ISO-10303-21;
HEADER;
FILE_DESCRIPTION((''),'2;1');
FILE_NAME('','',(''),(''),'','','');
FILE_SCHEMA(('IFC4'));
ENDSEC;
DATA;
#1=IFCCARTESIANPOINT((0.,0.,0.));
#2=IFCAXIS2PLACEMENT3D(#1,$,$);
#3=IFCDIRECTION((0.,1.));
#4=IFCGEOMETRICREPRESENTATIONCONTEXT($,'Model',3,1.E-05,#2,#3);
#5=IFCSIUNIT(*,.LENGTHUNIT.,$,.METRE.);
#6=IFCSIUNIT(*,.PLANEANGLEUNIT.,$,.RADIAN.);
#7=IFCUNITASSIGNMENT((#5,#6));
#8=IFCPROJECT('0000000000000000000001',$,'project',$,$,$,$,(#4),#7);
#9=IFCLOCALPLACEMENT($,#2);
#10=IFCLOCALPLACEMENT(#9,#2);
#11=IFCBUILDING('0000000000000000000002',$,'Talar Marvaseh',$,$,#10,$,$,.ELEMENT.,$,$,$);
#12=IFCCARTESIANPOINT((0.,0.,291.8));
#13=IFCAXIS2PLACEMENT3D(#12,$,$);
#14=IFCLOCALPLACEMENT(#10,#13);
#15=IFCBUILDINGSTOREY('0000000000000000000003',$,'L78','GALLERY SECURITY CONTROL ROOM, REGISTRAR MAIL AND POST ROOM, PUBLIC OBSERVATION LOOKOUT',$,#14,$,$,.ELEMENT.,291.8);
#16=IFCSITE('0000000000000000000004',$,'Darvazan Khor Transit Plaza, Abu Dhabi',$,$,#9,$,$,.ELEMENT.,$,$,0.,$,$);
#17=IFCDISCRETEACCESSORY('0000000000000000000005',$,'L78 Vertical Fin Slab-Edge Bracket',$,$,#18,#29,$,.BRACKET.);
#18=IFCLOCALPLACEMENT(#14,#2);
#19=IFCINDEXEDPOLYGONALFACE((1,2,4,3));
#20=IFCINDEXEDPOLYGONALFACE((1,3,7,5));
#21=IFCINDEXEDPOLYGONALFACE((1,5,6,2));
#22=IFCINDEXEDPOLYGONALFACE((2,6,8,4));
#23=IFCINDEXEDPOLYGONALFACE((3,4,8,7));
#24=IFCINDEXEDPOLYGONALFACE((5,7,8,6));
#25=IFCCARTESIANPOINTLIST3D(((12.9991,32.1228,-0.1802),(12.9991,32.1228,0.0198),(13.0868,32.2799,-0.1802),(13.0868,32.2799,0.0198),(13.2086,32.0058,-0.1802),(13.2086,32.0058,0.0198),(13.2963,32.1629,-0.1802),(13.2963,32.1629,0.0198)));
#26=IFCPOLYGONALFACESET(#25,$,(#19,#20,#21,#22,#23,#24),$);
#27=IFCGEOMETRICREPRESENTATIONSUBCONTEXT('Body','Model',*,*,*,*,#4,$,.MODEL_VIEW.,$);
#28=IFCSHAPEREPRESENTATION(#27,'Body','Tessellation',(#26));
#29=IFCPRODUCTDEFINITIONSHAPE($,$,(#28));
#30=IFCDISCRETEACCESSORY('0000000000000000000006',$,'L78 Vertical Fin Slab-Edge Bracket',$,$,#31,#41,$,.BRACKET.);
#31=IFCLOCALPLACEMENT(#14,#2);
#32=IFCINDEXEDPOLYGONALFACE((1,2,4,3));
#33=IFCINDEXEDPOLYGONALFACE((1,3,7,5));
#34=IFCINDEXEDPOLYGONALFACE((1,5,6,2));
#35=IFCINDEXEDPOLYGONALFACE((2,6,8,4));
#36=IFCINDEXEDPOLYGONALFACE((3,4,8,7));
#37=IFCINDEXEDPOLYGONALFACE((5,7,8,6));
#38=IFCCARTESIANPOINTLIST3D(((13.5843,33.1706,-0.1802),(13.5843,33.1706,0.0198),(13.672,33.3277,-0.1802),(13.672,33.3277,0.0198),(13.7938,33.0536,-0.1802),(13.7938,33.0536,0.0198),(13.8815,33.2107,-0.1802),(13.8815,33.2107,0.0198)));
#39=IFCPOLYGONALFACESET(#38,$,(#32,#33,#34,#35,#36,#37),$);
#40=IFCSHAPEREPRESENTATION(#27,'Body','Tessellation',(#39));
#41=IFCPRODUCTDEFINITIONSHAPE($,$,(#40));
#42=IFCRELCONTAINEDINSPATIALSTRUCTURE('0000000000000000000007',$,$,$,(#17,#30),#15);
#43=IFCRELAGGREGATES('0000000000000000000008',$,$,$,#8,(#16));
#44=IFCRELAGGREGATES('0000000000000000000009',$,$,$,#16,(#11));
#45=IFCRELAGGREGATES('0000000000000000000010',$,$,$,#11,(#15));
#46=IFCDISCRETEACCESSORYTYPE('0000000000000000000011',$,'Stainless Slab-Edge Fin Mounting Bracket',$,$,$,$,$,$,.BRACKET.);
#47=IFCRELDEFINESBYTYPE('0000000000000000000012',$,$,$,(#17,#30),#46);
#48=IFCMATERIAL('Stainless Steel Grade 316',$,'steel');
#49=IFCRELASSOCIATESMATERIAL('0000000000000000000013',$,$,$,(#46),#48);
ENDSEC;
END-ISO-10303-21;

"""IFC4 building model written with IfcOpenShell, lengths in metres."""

from ifc_helpers import new_model, si_unit, direction, frame, origin, origin_2d, place, context, subcontext, project, spatial, rectangle, extrude, source, transform, mapped, material, type_object, type_shapes, element, save


model = new_model("IFC4")

# Units and contexts
model_context = context("Model", 3, precision=1e-05, world=origin(), true_north=direction((0.0, 1.0)))
body_context = subcontext(model_context, "Body", "Model", "MODEL_VIEW")
ifc_project = project(units=[si_unit("LENGTHUNIT", "METRE"), si_unit("PLANEANGLEUNIT", "RADIAN")], contexts=[model_context])

# Site, building, storey
site_placement = place(None, origin())
site = spatial("IfcSite", under=ifc_project, at=site_placement, Name="Darvazan Khor Transit Plaza, Abu Dhabi", CompositionType="ELEMENT", RefElevation=0.0)
building_placement = place(site_placement, origin())
building = spatial("IfcBuilding", under=site, at=building_placement, Name="Talar Marvaseh", CompositionType="ELEMENT")
storey_placement = place(building_placement, frame((0.0, 0.0, 291.8)))
storey = spatial("IfcBuildingStorey", under=building, at=storey_placement, Name="L78", Description="GALLERY SECURITY CONTROL ROOM, REGISTRAR MAIL AND POST ROOM, PUBLIC OBSERVATION LOOKOUT", CompositionType="ELEMENT", Elevation=291.8)

# Shared definitions
ifc_material_1 = material(Name="Stainless Steel Grade 316", Category="steel")

# Discrete accessories
discrete_accessory_type = type_object("IfcDiscreteAccessoryType", Name="Stainless Slab-Edge Fin Mounting Bracket", PredefinedType="BRACKET", material=ifc_material_1)
shared_shape_1 = source(origin(), body_context, "Body", "SweptSolid", [
    extrude(rectangle(XDim=0.24, YDim=0.1799, at=origin_2d()), origin(), (0.0, 0.0, 1.0), 0.2),
])
type_shapes(discrete_accessory_type, [shared_shape_1])
for number, where, z_axis, x_axis, name in (
    (1, (13.1477, 32.1428, -0.1802), (0.0, 0.0, 1.0), (-0.873092, 0.487555, 0.0), "L78 Vertical Fin Slab-Edge Bracket"),
    (2, (13.7329, 33.1907, -0.1802), (0.0, 0.0, 1.0), (-0.873092, 0.487555, 0.0), "L78 Vertical Fin Slab-Edge Bracket"),
):
    element("IfcDiscreteAccessory", number, at=place(storey_placement, frame(where, z_axis=z_axis, x_axis=x_axis)), inside=storey, type_object=discrete_accessory_type, Name=name, PredefinedType="BRACKET", context=body_context, shape_type="MappedRepresentation", body=[
        mapped(shared_shape_1, transform((0.0, 0.0, 0.0), x_axis=(1.0, 0.0, 0.0), y_axis=(0.0, 1.0, 0.0), z_axis=(0.0, 0.0, 1.0), scale=1.0)),
    ])

save(model, "model.ifc")
